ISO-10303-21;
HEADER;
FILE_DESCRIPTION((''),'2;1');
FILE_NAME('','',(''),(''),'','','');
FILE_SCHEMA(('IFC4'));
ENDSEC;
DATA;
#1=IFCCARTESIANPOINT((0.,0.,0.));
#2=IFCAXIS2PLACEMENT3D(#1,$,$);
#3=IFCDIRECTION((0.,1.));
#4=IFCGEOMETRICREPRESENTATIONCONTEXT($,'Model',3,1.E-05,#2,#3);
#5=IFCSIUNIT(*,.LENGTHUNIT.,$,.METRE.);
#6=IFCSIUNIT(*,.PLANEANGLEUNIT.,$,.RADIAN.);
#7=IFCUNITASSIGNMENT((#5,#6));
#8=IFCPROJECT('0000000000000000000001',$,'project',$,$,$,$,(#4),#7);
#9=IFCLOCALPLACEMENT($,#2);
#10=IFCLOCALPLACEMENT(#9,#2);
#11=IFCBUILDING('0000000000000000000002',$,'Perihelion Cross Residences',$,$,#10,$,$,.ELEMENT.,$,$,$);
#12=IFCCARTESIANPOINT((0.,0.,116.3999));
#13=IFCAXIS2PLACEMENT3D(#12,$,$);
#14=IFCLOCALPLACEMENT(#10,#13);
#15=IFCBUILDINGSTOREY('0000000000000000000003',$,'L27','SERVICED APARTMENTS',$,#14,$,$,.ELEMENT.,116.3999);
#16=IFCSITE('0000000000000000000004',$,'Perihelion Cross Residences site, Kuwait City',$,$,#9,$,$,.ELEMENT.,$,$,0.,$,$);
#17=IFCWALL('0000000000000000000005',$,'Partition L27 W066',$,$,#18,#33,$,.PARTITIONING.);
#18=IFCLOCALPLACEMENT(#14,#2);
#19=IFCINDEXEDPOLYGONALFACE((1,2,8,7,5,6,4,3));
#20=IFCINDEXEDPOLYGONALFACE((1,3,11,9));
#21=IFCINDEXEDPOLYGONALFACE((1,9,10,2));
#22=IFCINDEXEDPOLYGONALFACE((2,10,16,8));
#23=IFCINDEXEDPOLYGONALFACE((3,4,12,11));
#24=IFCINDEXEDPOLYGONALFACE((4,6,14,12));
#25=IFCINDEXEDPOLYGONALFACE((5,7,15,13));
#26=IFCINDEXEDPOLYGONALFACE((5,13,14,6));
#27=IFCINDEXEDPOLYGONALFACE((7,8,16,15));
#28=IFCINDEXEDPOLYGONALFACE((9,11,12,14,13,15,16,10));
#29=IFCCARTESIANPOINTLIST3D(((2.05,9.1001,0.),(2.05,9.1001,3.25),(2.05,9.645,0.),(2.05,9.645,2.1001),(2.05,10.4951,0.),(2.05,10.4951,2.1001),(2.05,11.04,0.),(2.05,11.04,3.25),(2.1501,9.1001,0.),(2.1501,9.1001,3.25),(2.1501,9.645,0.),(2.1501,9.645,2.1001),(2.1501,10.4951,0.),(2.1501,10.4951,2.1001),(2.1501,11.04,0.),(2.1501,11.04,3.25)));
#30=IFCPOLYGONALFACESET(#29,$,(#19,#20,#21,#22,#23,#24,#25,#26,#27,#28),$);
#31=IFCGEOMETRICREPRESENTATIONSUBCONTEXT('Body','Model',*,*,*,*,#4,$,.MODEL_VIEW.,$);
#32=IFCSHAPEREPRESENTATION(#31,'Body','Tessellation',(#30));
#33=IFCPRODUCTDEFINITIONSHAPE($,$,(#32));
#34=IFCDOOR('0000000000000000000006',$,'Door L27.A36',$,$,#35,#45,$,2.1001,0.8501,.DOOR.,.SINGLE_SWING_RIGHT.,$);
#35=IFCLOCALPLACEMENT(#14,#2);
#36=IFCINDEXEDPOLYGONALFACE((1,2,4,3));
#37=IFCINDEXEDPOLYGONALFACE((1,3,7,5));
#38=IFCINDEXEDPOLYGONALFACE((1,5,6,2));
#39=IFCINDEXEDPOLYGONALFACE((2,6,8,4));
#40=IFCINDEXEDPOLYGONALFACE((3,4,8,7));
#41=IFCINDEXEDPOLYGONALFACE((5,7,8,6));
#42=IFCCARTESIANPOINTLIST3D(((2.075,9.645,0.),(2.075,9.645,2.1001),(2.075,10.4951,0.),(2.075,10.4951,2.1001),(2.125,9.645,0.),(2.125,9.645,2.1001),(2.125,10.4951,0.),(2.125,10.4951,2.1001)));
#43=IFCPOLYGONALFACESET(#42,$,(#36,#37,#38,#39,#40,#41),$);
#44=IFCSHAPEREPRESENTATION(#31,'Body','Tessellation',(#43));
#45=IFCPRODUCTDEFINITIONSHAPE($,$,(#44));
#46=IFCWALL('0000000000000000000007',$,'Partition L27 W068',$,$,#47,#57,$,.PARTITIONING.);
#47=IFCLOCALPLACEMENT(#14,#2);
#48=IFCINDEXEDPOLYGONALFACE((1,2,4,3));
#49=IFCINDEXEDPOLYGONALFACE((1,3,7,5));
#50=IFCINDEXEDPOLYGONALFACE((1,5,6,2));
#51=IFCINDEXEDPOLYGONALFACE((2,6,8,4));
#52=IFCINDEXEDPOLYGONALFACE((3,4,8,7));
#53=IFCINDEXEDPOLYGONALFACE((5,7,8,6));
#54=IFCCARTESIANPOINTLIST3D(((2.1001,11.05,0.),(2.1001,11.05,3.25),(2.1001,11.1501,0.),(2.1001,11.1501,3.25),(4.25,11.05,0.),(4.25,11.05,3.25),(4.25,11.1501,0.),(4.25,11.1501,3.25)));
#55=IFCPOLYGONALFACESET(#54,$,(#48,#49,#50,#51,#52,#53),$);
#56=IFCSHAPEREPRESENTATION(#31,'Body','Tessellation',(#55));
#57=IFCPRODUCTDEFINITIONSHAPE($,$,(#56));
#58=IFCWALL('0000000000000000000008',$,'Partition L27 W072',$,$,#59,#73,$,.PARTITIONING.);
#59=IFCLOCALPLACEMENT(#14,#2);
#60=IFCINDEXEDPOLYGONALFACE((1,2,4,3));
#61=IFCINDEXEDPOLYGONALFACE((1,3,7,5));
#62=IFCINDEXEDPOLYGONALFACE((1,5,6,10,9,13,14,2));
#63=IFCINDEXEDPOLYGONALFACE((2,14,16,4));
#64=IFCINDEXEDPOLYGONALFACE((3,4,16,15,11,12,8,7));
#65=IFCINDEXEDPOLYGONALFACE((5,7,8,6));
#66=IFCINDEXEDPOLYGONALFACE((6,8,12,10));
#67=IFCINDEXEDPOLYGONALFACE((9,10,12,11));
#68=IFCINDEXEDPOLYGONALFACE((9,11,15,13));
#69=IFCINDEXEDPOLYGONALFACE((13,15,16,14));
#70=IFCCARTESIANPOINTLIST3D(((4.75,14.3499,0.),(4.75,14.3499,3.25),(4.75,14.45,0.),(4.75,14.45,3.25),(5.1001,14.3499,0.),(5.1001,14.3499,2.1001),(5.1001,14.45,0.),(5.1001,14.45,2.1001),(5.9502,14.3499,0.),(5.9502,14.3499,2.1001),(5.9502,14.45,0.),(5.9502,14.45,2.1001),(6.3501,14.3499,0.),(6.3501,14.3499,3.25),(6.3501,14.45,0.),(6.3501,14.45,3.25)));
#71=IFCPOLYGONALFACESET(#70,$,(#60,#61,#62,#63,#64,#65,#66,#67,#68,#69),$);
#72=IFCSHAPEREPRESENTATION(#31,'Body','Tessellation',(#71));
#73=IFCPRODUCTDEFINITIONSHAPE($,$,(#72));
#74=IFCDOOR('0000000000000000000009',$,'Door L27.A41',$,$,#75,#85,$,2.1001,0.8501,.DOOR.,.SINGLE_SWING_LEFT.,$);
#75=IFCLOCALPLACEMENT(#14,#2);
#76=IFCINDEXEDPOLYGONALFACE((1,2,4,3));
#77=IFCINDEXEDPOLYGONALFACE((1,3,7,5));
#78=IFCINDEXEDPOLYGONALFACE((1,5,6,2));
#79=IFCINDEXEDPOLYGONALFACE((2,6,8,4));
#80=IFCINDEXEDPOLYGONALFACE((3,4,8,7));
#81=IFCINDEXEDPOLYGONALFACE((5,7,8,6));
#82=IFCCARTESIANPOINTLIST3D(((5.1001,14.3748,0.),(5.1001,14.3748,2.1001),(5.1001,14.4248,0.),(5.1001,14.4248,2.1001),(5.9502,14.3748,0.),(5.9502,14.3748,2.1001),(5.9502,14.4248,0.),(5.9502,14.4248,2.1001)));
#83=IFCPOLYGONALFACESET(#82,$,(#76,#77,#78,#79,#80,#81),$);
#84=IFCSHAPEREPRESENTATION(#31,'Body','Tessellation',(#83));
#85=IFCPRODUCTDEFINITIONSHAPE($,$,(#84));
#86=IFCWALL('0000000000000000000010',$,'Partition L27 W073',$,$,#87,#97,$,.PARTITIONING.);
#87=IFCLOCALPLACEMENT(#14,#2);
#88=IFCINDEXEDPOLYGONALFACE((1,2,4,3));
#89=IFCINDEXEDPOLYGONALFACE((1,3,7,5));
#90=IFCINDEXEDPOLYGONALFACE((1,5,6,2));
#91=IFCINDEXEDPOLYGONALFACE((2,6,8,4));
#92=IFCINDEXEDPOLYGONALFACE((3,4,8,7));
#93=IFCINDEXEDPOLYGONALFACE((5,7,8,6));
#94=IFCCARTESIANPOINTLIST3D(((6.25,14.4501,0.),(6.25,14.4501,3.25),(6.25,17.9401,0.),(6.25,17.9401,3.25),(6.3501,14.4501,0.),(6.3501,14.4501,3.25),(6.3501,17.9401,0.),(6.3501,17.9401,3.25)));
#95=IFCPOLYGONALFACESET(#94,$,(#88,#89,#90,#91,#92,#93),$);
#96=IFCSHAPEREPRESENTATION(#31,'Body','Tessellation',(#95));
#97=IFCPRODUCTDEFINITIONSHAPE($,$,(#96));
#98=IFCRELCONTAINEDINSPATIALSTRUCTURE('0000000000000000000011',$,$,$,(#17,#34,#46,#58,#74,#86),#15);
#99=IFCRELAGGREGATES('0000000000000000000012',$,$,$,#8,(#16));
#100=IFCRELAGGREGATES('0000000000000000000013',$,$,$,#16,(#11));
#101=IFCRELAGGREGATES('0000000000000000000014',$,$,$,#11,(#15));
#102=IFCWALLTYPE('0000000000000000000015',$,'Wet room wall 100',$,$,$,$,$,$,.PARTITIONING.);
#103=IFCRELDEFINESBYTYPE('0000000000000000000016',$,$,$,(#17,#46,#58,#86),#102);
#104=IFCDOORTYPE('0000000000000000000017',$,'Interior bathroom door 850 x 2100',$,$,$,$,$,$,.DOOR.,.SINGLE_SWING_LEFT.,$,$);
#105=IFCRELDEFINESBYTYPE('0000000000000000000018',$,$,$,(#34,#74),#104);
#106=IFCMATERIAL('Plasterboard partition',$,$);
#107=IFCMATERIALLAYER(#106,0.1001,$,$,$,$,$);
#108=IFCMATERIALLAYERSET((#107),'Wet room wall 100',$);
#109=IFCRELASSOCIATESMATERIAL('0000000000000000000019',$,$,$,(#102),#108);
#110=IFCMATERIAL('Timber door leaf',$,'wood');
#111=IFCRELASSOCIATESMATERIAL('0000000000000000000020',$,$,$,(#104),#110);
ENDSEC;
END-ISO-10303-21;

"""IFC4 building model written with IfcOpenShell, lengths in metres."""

from ifc_helpers import new_model, si_unit, direction, frame, frame_2d, origin, place, context, subcontext, project, spatial, rectangle, extrude, material, layer, layer_set, type_object, element, fill, save


model = new_model("IFC4")

# Units and contexts
model_context = context("Model", 3, precision=1e-05, world=origin(), true_north=direction((0.0, 1.0)))
body_context = subcontext(model_context, "Body", "Model", "MODEL_VIEW")
ifc_project = project(units=[si_unit("LENGTHUNIT", "METRE"), si_unit("PLANEANGLEUNIT", "RADIAN")], contexts=[model_context])

# Site, building, storey
site_placement = place(None, origin())
site = spatial("IfcSite", under=ifc_project, at=site_placement, Name="Perihelion Cross Residences site, Kuwait City", CompositionType="ELEMENT", RefElevation=0.0)
building_placement = place(site_placement, origin())
building = spatial("IfcBuilding", under=site, at=building_placement, Name="Perihelion Cross Residences", CompositionType="ELEMENT")
storey_placement = place(building_placement, frame((0.0, 0.0, 116.3999)))
storey = spatial("IfcBuildingStorey", under=building, at=storey_placement, Name="L27", Description="SERVICED APARTMENTS", CompositionType="ELEMENT", Elevation=116.3999)

# Wall, opening, door
ifc_material_1 = material(Name="Plasterboard partition")
ifc_layer_1 = layer(ifc_material_1, 0.1001)
ifc_layer_set_1 = layer_set([ifc_layer_1], Name="Wet room wall 100")
wall_type_1 = type_object("IfcWallType", Name="Wet room wall 100", PredefinedType="PARTITIONING", material=ifc_layer_set_1)
wall_1_placement = place(storey_placement, frame((2.1001, 11.04, 0.0), z_axis=(0.0, 0.0, 1.0), x_axis=(0.0, -1.0, 0.0)))
wall_1 = element("IfcWall", 1, at=wall_1_placement, inside=storey, type_object=wall_type_1, Name="Partition L27 W066", PredefinedType="PARTITIONING", context=body_context, shape_type="SweptSolid", body=[
    extrude(rectangle(XDim=1.9399, YDim=0.1001, at=frame_2d((0.97, 0.0))), origin(), (0.0, 0.0, 1.0), 3.25),
])
opening_1_placement = place(wall_1_placement, frame((0.5449, 0.0, 0.0)))
opening_1 = element("IfcOpeningElement", 2, at=opening_1_placement, cuts=wall_1, PredefinedType="OPENING", context=body_context, shape_type="SweptSolid", body=[
    extrude(rectangle(XDim=0.8501, YDim=2.1001, at=frame_2d((0.425, 1.05))), frame((0.0, 0.0601, 0.0), z_axis=(0.0, -1.0, 0.0), x_axis=(1.0, 0.0, 0.0)), (0.0, 0.0, 1.0), 0.1201),
])
ifc_material_2 = material(Name="Timber door leaf", Category="wood")
door_type_1 = type_object("IfcDoorType", Name="Interior bathroom door 850 x 2100", OperationType="SINGLE_SWING_LEFT", PredefinedType="DOOR", material=ifc_material_2)
door_1_placement = place(opening_1_placement, origin())
door_1 = element("IfcDoor", 3, at=door_1_placement, inside=storey, type_object=door_type_1, Name="Door L27.A36", OperationType="SINGLE_SWING_RIGHT", OverallHeight=2.1001, OverallWidth=0.8501, PredefinedType="DOOR", context=body_context, shape_type="SweptSolid", body=[
    extrude(rectangle(XDim=0.8501, YDim=2.1001, at=frame_2d((0.425, 1.05))), frame((0.0, 0.0249, 0.0), z_axis=(0.0, -1.0, 0.0), x_axis=(1.0, 0.0, 0.0)), (0.0, 0.0, 1.0), 0.05),
])
fill(opening_1, door_1)

# Wall
wall_2_placement = place(storey_placement, frame((2.1001, 11.1001, 0.0), z_axis=(0.0, 0.0, 1.0), x_axis=(1.0, 0.0, 0.0)))
element("IfcWall", 4, at=wall_2_placement, inside=storey, type_object=wall_type_1, Name="Partition L27 W068", PredefinedType="PARTITIONING", context=body_context, shape_type="SweptSolid", body=[
    extrude(rectangle(XDim=2.1499, YDim=0.1001, at=frame_2d((1.075, 0.0))), origin(), (0.0, 0.0, 1.0), 3.25),
])

# Wall, opening, door
wall_3_placement = place(storey_placement, frame((4.75, 14.3999, 0.0), z_axis=(0.0, 0.0, 1.0), x_axis=(1.0, 0.0, 0.0)))
wall_3 = element("IfcWall", 5, at=wall_3_placement, inside=storey, type_object=wall_type_1, Name="Partition L27 W072", PredefinedType="PARTITIONING", context=body_context, shape_type="SweptSolid", body=[
    extrude(rectangle(XDim=1.6001, YDim=0.1001, at=frame_2d((0.8, 0.0))), origin(), (0.0, 0.0, 1.0), 3.25),
])
opening_2_placement = place(wall_3_placement, frame((0.3501, 0.0, 0.0)))
opening_2 = element("IfcOpeningElement", 6, at=opening_2_placement, cuts=wall_3, PredefinedType="OPENING", context=body_context, shape_type="SweptSolid", body=[
    extrude(rectangle(XDim=0.8501, YDim=2.1001, at=frame_2d((0.425, 1.05))), frame((0.0, 0.0601, 0.0), z_axis=(0.0, -1.0, 0.0), x_axis=(1.0, 0.0, 0.0)), (0.0, 0.0, 1.0), 0.1201),
])
door_2_placement = place(opening_2_placement, origin())
door_2 = element("IfcDoor", 7, at=door_2_placement, inside=storey, type_object=door_type_1, Name="Door L27.A41", OperationType="SINGLE_SWING_LEFT", OverallHeight=2.1001, OverallWidth=0.8501, PredefinedType="DOOR", context=body_context, shape_type="SweptSolid", body=[
    extrude(rectangle(XDim=0.8501, YDim=2.1001, at=frame_2d((0.425, 1.05))), frame((0.0, 0.0249, 0.0), z_axis=(0.0, -1.0, 0.0), x_axis=(1.0, 0.0, 0.0)), (0.0, 0.0, 1.0), 0.05),
])
fill(opening_2, door_2)

# Wall
wall_4_placement = place(storey_placement, frame((6.3, 14.45, 0.0), z_axis=(0.0, 0.0, 1.0), x_axis=(0.0, 1.0, 0.0)))
element("IfcWall", 8, at=wall_4_placement, inside=storey, type_object=wall_type_1, Name="Partition L27 W073", PredefinedType="PARTITIONING", context=body_context, shape_type="SweptSolid", body=[
    extrude(rectangle(XDim=3.49, YDim=0.1001, at=frame_2d((1.7451, 0.0))), origin(), (0.0, 0.0, 1.0), 3.25),
])

save(model, "model.ifc")
